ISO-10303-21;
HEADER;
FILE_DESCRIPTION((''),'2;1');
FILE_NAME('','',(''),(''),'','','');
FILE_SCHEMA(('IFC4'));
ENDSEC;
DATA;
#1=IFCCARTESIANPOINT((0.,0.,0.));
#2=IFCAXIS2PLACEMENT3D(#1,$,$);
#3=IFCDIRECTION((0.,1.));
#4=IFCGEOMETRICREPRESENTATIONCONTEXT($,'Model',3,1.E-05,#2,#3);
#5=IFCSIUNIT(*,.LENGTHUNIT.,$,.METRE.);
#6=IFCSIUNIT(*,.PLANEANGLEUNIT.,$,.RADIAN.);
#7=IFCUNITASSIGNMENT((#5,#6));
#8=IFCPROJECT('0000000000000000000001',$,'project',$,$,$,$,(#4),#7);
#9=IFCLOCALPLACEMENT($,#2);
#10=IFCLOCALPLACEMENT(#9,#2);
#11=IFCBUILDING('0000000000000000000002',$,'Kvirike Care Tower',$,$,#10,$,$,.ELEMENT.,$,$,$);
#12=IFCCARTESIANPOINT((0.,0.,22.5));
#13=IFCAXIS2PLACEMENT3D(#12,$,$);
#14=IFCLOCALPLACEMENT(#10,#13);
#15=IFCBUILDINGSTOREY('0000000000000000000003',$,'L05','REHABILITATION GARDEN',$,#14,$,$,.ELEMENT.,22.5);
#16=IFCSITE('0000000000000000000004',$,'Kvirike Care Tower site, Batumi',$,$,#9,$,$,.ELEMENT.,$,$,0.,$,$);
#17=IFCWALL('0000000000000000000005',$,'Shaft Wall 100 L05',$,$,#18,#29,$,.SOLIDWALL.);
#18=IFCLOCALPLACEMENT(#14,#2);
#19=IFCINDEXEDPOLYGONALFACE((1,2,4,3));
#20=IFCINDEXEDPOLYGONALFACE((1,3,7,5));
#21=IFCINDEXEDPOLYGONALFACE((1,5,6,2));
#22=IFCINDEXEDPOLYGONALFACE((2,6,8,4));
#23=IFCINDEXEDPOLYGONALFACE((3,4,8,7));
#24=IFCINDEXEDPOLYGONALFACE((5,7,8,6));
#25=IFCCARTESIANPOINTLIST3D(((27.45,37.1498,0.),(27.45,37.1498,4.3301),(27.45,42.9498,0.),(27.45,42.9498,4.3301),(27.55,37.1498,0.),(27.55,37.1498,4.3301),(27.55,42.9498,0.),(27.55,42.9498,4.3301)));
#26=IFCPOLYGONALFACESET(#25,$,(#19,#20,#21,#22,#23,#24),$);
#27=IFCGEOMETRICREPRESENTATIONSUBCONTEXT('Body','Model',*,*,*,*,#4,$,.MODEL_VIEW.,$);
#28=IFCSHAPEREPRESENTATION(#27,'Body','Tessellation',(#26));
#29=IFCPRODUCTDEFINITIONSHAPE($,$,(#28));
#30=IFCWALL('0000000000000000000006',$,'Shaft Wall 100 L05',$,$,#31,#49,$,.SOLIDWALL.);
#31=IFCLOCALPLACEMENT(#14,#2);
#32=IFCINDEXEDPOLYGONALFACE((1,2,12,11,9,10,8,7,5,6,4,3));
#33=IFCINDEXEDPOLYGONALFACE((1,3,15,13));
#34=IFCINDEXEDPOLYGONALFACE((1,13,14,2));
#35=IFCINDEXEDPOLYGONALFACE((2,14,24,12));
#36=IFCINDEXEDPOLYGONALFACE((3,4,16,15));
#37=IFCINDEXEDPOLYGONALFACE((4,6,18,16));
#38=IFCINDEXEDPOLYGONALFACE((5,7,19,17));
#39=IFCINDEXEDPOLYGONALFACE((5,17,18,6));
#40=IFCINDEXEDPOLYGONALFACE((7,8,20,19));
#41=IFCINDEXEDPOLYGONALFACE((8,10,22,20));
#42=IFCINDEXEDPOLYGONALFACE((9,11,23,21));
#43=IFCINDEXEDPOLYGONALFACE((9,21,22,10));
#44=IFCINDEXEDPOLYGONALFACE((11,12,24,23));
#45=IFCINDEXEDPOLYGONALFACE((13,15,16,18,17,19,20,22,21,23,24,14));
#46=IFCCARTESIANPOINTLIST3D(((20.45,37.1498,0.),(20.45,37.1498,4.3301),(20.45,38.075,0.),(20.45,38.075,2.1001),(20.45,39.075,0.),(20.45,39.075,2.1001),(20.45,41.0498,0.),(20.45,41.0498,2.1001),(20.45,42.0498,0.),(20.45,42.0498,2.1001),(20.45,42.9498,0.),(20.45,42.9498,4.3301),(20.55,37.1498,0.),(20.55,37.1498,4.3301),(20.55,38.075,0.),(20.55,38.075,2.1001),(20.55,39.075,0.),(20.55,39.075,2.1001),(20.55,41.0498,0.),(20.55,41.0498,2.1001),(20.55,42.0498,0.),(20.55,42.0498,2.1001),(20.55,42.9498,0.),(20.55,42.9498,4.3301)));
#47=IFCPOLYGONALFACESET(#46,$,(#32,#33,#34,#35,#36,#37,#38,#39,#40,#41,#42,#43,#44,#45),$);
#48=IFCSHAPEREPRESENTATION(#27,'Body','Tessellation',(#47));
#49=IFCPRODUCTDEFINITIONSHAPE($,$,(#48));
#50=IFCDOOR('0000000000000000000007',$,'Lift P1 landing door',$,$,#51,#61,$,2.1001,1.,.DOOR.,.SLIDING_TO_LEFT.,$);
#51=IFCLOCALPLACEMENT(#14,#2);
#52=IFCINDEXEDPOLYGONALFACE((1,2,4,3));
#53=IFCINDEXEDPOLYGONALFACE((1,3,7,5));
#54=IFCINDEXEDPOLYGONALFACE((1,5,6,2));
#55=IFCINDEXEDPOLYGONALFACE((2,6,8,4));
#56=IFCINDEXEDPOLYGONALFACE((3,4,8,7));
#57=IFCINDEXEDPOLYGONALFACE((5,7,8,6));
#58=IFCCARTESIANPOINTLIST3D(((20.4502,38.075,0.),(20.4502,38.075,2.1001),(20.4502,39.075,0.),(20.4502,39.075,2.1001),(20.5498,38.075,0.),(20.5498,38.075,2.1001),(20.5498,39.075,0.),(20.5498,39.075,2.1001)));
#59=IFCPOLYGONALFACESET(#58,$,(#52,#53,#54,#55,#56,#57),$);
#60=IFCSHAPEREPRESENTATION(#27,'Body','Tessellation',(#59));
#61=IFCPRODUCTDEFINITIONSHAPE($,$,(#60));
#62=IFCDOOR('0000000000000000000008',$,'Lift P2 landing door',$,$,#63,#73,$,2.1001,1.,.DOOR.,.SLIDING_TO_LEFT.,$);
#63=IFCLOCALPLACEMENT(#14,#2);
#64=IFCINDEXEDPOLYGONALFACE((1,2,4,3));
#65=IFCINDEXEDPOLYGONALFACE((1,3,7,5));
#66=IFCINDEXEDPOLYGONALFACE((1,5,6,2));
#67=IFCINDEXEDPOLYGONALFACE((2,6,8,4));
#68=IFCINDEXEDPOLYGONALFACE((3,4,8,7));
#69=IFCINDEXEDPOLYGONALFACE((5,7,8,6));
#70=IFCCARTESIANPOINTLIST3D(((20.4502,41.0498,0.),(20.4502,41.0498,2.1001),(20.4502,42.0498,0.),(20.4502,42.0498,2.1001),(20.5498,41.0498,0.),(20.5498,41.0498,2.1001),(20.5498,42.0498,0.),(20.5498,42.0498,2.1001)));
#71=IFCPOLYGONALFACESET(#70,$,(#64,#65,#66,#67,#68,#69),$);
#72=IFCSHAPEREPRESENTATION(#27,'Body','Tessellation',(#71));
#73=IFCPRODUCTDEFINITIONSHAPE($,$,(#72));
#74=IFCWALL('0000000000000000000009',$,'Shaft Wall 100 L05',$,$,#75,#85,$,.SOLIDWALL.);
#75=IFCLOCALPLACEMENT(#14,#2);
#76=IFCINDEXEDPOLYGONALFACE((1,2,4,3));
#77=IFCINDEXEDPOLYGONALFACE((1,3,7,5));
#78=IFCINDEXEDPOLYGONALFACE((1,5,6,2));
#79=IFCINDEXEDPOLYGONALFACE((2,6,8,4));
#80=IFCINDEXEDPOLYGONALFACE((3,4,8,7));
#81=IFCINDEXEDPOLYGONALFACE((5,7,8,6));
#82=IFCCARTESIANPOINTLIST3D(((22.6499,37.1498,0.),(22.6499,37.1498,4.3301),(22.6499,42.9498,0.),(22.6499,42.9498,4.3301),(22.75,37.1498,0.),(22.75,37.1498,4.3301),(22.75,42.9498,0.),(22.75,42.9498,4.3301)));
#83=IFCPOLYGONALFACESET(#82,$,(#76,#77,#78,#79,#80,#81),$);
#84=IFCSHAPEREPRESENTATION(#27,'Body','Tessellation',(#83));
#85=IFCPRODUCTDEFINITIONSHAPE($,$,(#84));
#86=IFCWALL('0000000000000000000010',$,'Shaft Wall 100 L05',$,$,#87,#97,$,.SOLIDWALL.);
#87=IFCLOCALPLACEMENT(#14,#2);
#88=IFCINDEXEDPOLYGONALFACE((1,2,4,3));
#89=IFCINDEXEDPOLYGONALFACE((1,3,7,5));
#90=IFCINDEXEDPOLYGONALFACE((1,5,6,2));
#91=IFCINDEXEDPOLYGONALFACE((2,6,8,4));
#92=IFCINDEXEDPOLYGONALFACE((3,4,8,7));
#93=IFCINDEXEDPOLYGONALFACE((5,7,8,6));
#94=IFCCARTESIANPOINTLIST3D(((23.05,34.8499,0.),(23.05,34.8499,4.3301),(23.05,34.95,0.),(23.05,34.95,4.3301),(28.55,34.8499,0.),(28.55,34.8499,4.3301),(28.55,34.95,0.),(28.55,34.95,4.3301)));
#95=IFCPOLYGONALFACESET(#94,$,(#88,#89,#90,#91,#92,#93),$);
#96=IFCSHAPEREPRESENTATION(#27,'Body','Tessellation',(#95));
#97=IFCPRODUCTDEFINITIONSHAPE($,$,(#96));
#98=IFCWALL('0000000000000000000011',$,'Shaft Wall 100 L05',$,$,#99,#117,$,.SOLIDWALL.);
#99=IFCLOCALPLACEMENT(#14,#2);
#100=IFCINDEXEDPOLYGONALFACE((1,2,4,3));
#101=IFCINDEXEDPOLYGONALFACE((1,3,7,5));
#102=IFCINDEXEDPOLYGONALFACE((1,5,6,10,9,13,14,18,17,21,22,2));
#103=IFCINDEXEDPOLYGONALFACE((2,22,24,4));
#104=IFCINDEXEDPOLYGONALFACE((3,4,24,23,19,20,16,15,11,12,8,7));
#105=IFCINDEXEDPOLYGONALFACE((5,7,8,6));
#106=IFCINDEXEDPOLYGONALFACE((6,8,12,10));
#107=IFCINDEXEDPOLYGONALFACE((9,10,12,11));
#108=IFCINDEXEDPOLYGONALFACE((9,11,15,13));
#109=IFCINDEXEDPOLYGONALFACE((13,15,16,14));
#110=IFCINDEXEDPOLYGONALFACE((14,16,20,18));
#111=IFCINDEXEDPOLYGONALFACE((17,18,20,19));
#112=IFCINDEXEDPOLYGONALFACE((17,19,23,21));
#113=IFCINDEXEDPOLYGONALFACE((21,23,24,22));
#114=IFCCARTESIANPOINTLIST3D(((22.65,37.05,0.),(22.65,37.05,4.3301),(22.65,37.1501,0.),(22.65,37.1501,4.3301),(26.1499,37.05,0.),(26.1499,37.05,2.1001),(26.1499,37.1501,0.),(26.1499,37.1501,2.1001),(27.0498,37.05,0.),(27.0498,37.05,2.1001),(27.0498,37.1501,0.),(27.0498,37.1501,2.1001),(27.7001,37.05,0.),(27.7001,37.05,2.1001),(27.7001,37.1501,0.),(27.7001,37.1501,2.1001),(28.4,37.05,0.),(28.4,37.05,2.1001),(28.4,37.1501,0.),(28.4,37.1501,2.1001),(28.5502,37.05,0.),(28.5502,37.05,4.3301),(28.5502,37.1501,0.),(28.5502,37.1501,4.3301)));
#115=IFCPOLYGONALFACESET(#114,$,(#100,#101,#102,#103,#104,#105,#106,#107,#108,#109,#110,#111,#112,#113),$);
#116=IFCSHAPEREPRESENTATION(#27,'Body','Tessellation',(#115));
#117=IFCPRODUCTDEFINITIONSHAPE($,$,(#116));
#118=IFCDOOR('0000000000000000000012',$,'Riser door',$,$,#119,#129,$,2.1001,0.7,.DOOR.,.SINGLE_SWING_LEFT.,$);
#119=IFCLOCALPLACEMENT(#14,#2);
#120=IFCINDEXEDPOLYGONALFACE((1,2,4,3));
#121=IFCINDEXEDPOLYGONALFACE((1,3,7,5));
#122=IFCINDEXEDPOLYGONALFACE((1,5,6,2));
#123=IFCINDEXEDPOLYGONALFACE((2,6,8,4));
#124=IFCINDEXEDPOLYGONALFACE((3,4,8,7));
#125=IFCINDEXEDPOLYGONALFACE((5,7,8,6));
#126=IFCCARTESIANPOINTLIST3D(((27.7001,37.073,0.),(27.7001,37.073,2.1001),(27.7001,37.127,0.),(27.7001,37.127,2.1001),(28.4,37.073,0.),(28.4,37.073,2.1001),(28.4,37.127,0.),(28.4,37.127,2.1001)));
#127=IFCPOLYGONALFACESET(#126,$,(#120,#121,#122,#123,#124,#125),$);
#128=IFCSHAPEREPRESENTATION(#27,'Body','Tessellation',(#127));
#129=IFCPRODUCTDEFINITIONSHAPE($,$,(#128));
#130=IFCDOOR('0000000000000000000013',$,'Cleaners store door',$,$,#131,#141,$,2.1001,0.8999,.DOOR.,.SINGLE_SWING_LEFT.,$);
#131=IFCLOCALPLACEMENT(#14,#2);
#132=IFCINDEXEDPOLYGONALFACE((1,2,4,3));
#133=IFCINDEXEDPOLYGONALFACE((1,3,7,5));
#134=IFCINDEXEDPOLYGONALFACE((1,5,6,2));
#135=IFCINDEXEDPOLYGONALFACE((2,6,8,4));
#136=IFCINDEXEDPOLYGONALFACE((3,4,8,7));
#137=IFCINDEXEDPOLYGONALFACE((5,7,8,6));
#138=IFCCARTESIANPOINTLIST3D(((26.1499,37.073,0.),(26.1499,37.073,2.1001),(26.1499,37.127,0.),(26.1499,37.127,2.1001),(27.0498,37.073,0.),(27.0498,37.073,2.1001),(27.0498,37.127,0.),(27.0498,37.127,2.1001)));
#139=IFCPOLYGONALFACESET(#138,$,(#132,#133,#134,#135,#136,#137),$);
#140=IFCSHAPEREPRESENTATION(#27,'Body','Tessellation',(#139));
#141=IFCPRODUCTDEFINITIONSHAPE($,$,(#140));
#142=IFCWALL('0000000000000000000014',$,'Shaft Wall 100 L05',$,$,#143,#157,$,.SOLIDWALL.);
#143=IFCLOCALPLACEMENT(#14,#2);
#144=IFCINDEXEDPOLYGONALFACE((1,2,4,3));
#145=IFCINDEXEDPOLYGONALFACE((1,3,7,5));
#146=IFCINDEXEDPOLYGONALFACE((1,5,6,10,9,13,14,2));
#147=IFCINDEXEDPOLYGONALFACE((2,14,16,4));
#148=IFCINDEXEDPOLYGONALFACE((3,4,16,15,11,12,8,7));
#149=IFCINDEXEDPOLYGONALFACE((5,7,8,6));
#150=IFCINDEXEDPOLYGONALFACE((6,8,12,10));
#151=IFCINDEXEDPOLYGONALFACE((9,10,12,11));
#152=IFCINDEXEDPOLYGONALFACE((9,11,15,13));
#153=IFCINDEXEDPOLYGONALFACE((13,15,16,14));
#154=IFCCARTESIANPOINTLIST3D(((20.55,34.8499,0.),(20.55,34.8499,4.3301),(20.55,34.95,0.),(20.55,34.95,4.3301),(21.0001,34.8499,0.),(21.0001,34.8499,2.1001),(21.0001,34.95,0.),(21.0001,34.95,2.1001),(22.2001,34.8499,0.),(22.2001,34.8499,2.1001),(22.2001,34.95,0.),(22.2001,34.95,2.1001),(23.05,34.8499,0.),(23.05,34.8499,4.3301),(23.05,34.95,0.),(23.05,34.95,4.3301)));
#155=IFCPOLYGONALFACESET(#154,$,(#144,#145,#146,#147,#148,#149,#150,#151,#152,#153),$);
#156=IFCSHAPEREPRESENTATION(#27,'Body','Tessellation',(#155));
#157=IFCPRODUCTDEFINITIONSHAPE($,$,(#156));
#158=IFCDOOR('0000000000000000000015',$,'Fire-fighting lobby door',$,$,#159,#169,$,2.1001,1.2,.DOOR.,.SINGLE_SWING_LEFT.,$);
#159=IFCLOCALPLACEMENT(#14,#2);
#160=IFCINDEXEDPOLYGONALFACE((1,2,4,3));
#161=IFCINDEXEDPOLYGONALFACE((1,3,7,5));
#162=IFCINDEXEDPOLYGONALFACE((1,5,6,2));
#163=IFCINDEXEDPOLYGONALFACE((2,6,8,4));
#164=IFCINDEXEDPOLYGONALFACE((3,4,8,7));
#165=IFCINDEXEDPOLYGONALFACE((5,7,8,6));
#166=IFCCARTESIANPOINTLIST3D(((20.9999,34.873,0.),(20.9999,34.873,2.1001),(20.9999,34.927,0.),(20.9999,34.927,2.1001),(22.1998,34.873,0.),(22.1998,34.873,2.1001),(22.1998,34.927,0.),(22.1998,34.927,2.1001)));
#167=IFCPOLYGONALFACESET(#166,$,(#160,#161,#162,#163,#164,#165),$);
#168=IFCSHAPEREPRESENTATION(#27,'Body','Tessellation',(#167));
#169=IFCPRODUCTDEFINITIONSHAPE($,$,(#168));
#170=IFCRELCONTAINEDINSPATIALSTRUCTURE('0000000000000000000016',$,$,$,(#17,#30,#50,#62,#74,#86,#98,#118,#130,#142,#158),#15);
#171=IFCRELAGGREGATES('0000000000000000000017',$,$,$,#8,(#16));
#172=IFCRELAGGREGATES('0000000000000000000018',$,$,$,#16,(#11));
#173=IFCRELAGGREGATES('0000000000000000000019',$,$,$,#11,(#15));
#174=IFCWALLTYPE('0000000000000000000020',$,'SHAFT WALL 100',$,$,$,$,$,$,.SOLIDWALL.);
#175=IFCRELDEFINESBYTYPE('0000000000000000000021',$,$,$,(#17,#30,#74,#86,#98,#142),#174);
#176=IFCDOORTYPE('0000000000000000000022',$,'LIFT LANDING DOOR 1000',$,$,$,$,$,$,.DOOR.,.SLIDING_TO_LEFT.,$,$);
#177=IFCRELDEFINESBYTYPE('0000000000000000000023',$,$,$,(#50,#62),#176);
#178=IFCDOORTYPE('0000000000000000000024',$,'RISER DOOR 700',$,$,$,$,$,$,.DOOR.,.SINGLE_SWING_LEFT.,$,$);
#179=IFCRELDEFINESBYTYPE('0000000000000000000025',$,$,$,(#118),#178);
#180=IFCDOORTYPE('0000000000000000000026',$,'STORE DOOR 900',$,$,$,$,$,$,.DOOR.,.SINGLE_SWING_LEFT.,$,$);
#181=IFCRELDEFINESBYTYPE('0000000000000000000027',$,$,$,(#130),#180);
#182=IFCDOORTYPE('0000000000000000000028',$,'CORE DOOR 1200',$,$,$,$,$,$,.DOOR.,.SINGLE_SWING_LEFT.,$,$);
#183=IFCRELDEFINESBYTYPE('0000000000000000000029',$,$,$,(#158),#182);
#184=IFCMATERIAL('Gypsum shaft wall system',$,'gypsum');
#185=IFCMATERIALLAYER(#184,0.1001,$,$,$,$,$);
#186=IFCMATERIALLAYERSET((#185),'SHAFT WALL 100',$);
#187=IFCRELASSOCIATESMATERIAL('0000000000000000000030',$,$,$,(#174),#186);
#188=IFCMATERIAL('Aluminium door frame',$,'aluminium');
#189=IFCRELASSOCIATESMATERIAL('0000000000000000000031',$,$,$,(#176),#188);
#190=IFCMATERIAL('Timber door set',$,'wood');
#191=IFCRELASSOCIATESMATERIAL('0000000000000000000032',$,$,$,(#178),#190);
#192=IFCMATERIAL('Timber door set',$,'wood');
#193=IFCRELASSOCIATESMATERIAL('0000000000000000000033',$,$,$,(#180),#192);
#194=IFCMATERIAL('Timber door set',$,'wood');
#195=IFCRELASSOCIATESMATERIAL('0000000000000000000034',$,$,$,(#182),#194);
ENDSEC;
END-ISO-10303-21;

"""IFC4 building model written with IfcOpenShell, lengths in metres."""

from ifc_helpers import new_model, si_unit, direction, frame, frame_2d, origin, place, context, subcontext, project, spatial, rectangle, extrude, material, layer, layer_set, type_object, element, fill, save


model = new_model("IFC4")

# Units and contexts
model_context = context("Model", 3, precision=1e-05, world=origin(), true_north=direction((0.0, 1.0)))
body_context = subcontext(model_context, "Body", "Model", "MODEL_VIEW")
ifc_project = project(units=[si_unit("LENGTHUNIT", "METRE"), si_unit("PLANEANGLEUNIT", "RADIAN")], contexts=[model_context])

# Site, building, storey
site_placement = place(None, origin())
site = spatial("IfcSite", under=ifc_project, at=site_placement, Name="Kvirike Care Tower site, Batumi", CompositionType="ELEMENT", RefElevation=0.0)
building_placement = place(site_placement, origin())
building = spatial("IfcBuilding", under=site, at=building_placement, Name="Kvirike Care Tower", CompositionType="ELEMENT")
storey_placement = place(building_placement, frame((0.0, 0.0, 22.5)))
storey = spatial("IfcBuildingStorey", under=building, at=storey_placement, Name="L05", Description="REHABILITATION GARDEN", CompositionType="ELEMENT", Elevation=22.5)

# Wall
ifc_material_1 = material(Name="Gypsum shaft wall system", Category="gypsum")
ifc_layer_1 = layer(ifc_material_1, 0.1001)
ifc_layer_set_1 = layer_set([ifc_layer_1], Name="SHAFT WALL 100")
wall_type_1 = type_object("IfcWallType", Name="SHAFT WALL 100", PredefinedType="SOLIDWALL", material=ifc_layer_set_1)
wall_1_placement = place(storey_placement, frame((27.5, 37.1499, 0.0), z_axis=(0.0, 0.0, 1.0), x_axis=(0.0, 1.0, 0.0)))
element("IfcWall", 1, at=wall_1_placement, inside=storey, type_object=wall_type_1, Name="Shaft Wall 100 L05", PredefinedType="SOLIDWALL", context=body_context, shape_type="SweptSolid", body=[
    extrude(rectangle(XDim=5.8, YDim=0.1001, at=frame_2d((2.8999, 0.0))), origin(), (0.0, 0.0, 1.0), 4.3301),
])

# Wall, openings, doors
wall_2_placement = place(storey_placement, frame((20.5, 37.1499, 0.0), z_axis=(0.0, 0.0, 1.0), x_axis=(0.0, 1.0, 0.0)))
wall_2 = element("IfcWall", 2, at=wall_2_placement, inside=storey, type_object=wall_type_1, Name="Shaft Wall 100 L05", PredefinedType="SOLIDWALL", context=body_context, shape_type="SweptSolid", body=[
    extrude(rectangle(XDim=5.8, YDim=0.1001, at=frame_2d((2.8999, 0.0))), origin(), (0.0, 0.0, 1.0), 4.3301),
])
opening_1_placement = place(wall_2_placement, frame((0.925, 0.0, 0.0)))
opening_1 = element("IfcOpeningElement", 3, at=opening_1_placement, cuts=wall_2, PredefinedType="OPENING", context=body_context, shape_type="SweptSolid", body=[
    extrude(rectangle(XDim=1.0, YDim=2.1001, at=frame_2d((0.5, 1.05))), frame((0.0, 0.0605, 0.0), z_axis=(0.0, -1.0, 0.0), x_axis=(1.0, 0.0, 0.0)), (0.0, 0.0, 1.0), 0.1211),
])
opening_2_placement = place(wall_2_placement, frame((3.8999, 0.0, 0.0)))
opening_2 = element("IfcOpeningElement", 4, at=opening_2_placement, cuts=wall_2, PredefinedType="OPENING", context=body_context, shape_type="SweptSolid", body=[
    extrude(rectangle(XDim=1.0, YDim=2.1001, at=frame_2d((0.5, 1.05))), frame((0.0, 0.0605, 0.0), z_axis=(0.0, -1.0, 0.0), x_axis=(1.0, 0.0, 0.0)), (0.0, 0.0, 1.0), 0.1211),
])
ifc_material_2 = material(Name="Aluminium door frame", Category="aluminium")
door_type_1 = type_object("IfcDoorType", Name="LIFT LANDING DOOR 1000", OperationType="SLIDING_TO_LEFT", PredefinedType="DOOR", material=ifc_material_2)
door_1_placement = place(opening_1_placement, origin())
door_1 = element("IfcDoor", 5, at=door_1_placement, inside=storey, type_object=door_type_1, Name="Lift P1 landing door", OperationType="SLIDING_TO_LEFT", OverallHeight=2.1001, OverallWidth=1.0, PredefinedType="DOOR", context=body_context, shape_type="SweptSolid", body=[
    extrude(rectangle(XDim=1.0, YDim=2.1001, at=frame_2d((0.5, 1.05))), frame((0.0, 0.0498, 0.0), z_axis=(0.0, -1.0, 0.0), x_axis=(1.0, 0.0, 0.0)), (0.0, 0.0, 1.0), 0.0996),
])
fill(opening_1, door_1)
door_2_placement = place(opening_2_placement, origin())
door_2 = element("IfcDoor", 6, at=door_2_placement, inside=storey, type_object=door_type_1, Name="Lift P2 landing door", OperationType="SLIDING_TO_LEFT", OverallHeight=2.1001, OverallWidth=1.0, PredefinedType="DOOR", context=body_context, shape_type="SweptSolid", body=[
    extrude(rectangle(XDim=1.0, YDim=2.1001, at=frame_2d((0.5, 1.05))), frame((0.0, 0.0498, 0.0), z_axis=(0.0, -1.0, 0.0), x_axis=(1.0, 0.0, 0.0)), (0.0, 0.0, 1.0), 0.0996),
])
fill(opening_2, door_2)

# Walls
wall_3_placement = place(storey_placement, frame((22.7, 37.1499, 0.0), z_axis=(0.0, 0.0, 1.0), x_axis=(0.0, 1.0, 0.0)))
element("IfcWall", 7, at=wall_3_placement, inside=storey, type_object=wall_type_1, Name="Shaft Wall 100 L05", PredefinedType="SOLIDWALL", context=body_context, shape_type="SweptSolid", body=[
    extrude(rectangle(XDim=5.8, YDim=0.1001, at=frame_2d((2.8999, 0.0))), origin(), (0.0, 0.0, 1.0), 4.3301),
])
wall_4_placement = place(storey_placement, frame((23.05, 34.8999, 0.0), z_axis=(0.0, 0.0, 1.0), x_axis=(1.0, 0.0, 0.0)))
element("IfcWall", 8, at=wall_4_placement, inside=storey, type_object=wall_type_1, Name="Shaft Wall 100 L05", PredefinedType="SOLIDWALL", context=body_context, shape_type="SweptSolid", body=[
    extrude(rectangle(XDim=5.5, YDim=0.1001, at=frame_2d((2.75, 0.0))), origin(), (0.0, 0.0, 1.0), 4.3301),
])

# Wall, openings, doors
wall_5_placement = place(storey_placement, frame((22.6499, 37.1001, 0.0), z_axis=(0.0, 0.0, 1.0), x_axis=(1.0, 0.0, 0.0)))
wall_5 = element("IfcWall", 9, at=wall_5_placement, inside=storey, type_object=wall_type_1, Name="Shaft Wall 100 L05", PredefinedType="SOLIDWALL", context=body_context, shape_type="SweptSolid", body=[
    extrude(rectangle(XDim=5.9001, YDim=0.1001, at=frame_2d((2.9502, 0.0))), origin(), (0.0, 0.0, 1.0), 4.3301),
])
opening_3_placement = place(wall_5_placement, frame((3.5, 0.0, 0.0)))
opening_3 = element("IfcOpeningElement", 10, at=opening_3_placement, cuts=wall_5, PredefinedType="OPENING", context=body_context, shape_type="SweptSolid", body=[
    extrude(rectangle(XDim=0.8999, YDim=2.1001, at=frame_2d((0.45, 1.05))), frame((0.0, 0.0605, 0.0), z_axis=(0.0, -1.0, 0.0), x_axis=(1.0, 0.0, 0.0)), (0.0, 0.0, 1.0), 0.1211),
])
opening_4_placement = place(wall_5_placement, frame((5.05, 0.0, 0.0)))
opening_4 = element("IfcOpeningElement", 11, at=opening_4_placement, cuts=wall_5, PredefinedType="OPENING", context=body_context, shape_type="SweptSolid", body=[
    extrude(rectangle(XDim=0.7, YDim=2.1001, at=frame_2d((0.3501, 1.05))), frame((0.0, 0.0605, 0.0), z_axis=(0.0, -1.0, 0.0), x_axis=(1.0, 0.0, 0.0)), (0.0, 0.0, 1.0), 0.1211),
])
ifc_material_3 = material(Name="Timber door set", Category="wood")
door_type_2 = type_object("IfcDoorType", Name="RISER DOOR 700", OperationType="SINGLE_SWING_LEFT", PredefinedType="DOOR", material=ifc_material_3)
door_3_placement = place(opening_4_placement, origin())
door_3 = element("IfcDoor", 12, at=door_3_placement, inside=storey, type_object=door_type_2, Name="Riser door", OperationType="SINGLE_SWING_LEFT", OverallHeight=2.1001, OverallWidth=0.7, PredefinedType="DOOR", context=body_context, shape_type="SweptSolid", body=[
    extrude(rectangle(XDim=0.7, YDim=2.1001, at=frame_2d((0.3501, 1.05))), frame((0.0, 0.0269, 0.0), z_axis=(0.0, -1.0, 0.0), x_axis=(1.0, 0.0, 0.0)), (0.0, 0.0, 1.0), 0.054),
])
fill(opening_4, door_3)
ifc_material_4 = material(Name="Timber door set", Category="wood")
door_type_3 = type_object("IfcDoorType", Name="STORE DOOR 900", OperationType="SINGLE_SWING_LEFT", PredefinedType="DOOR", material=ifc_material_4)
door_4_placement = place(opening_3_placement, origin())
door_4 = element("IfcDoor", 13, at=door_4_placement, inside=storey, type_object=door_type_3, Name="Cleaners store door", OperationType="SINGLE_SWING_LEFT", OverallHeight=2.1001, OverallWidth=0.8999, PredefinedType="DOOR", context=body_context, shape_type="SweptSolid", body=[
    extrude(rectangle(XDim=0.8999, YDim=2.1001, at=frame_2d((0.45, 1.05))), frame((0.0, 0.0269, 0.0), z_axis=(0.0, -1.0, 0.0), x_axis=(1.0, 0.0, 0.0)), (0.0, 0.0, 1.0), 0.054),
])
fill(opening_3, door_4)

# Wall, opening, door
wall_6_placement = place(storey_placement, frame((20.55, 34.8999, 0.0), z_axis=(0.0, 0.0, 1.0), x_axis=(1.0, 0.0, 0.0)))
wall_6 = element("IfcWall", 14, at=wall_6_placement, inside=storey, type_object=wall_type_1, Name="Shaft Wall 100 L05", PredefinedType="SOLIDWALL", context=body_context, shape_type="SweptSolid", body=[
    extrude(rectangle(XDim=2.5, YDim=0.1001, at=frame_2d((1.25, 0.0))), origin(), (0.0, 0.0, 1.0), 4.3301),
])
opening_5_placement = place(wall_6_placement, frame((0.45, 0.0, 0.0)))
opening_5 = element("IfcOpeningElement", 15, at=opening_5_placement, cuts=wall_6, PredefinedType="OPENING", context=body_context, shape_type="SweptSolid", body=[
    extrude(rectangle(XDim=1.2, YDim=2.1001, at=frame_2d((0.6001, 1.05))), frame((0.0, 0.0605, 0.0), z_axis=(0.0, -1.0, 0.0), x_axis=(1.0, 0.0, 0.0)), (0.0, 0.0, 1.0), 0.1211),
])
ifc_material_5 = material(Name="Timber door set", Category="wood")
door_type_4 = type_object("IfcDoorType", Name="CORE DOOR 1200", OperationType="SINGLE_SWING_LEFT", PredefinedType="DOOR", material=ifc_material_5)
door_5_placement = place(opening_5_placement, frame((1.2, 0.0, 0.0), z_axis=(0.0, 0.0, 1.0), x_axis=(-1.0, 0.0, 0.0)))
door_5 = element("IfcDoor", 16, at=door_5_placement, inside=storey, type_object=door_type_4, Name="Fire-fighting lobby door", OperationType="SINGLE_SWING_LEFT", OverallHeight=2.1001, OverallWidth=1.2, PredefinedType="DOOR", context=body_context, shape_type="SweptSolid", body=[
    extrude(rectangle(XDim=1.2, YDim=2.1001, at=frame_2d((0.6001, 1.05))), frame((0.0, 0.0269, 0.0), z_axis=(0.0, -1.0, 0.0), x_axis=(1.0, 0.0, 0.0)), (0.0, 0.0, 1.0), 0.054),
])
fill(opening_5, door_5)

save(model, "model.ifc")
